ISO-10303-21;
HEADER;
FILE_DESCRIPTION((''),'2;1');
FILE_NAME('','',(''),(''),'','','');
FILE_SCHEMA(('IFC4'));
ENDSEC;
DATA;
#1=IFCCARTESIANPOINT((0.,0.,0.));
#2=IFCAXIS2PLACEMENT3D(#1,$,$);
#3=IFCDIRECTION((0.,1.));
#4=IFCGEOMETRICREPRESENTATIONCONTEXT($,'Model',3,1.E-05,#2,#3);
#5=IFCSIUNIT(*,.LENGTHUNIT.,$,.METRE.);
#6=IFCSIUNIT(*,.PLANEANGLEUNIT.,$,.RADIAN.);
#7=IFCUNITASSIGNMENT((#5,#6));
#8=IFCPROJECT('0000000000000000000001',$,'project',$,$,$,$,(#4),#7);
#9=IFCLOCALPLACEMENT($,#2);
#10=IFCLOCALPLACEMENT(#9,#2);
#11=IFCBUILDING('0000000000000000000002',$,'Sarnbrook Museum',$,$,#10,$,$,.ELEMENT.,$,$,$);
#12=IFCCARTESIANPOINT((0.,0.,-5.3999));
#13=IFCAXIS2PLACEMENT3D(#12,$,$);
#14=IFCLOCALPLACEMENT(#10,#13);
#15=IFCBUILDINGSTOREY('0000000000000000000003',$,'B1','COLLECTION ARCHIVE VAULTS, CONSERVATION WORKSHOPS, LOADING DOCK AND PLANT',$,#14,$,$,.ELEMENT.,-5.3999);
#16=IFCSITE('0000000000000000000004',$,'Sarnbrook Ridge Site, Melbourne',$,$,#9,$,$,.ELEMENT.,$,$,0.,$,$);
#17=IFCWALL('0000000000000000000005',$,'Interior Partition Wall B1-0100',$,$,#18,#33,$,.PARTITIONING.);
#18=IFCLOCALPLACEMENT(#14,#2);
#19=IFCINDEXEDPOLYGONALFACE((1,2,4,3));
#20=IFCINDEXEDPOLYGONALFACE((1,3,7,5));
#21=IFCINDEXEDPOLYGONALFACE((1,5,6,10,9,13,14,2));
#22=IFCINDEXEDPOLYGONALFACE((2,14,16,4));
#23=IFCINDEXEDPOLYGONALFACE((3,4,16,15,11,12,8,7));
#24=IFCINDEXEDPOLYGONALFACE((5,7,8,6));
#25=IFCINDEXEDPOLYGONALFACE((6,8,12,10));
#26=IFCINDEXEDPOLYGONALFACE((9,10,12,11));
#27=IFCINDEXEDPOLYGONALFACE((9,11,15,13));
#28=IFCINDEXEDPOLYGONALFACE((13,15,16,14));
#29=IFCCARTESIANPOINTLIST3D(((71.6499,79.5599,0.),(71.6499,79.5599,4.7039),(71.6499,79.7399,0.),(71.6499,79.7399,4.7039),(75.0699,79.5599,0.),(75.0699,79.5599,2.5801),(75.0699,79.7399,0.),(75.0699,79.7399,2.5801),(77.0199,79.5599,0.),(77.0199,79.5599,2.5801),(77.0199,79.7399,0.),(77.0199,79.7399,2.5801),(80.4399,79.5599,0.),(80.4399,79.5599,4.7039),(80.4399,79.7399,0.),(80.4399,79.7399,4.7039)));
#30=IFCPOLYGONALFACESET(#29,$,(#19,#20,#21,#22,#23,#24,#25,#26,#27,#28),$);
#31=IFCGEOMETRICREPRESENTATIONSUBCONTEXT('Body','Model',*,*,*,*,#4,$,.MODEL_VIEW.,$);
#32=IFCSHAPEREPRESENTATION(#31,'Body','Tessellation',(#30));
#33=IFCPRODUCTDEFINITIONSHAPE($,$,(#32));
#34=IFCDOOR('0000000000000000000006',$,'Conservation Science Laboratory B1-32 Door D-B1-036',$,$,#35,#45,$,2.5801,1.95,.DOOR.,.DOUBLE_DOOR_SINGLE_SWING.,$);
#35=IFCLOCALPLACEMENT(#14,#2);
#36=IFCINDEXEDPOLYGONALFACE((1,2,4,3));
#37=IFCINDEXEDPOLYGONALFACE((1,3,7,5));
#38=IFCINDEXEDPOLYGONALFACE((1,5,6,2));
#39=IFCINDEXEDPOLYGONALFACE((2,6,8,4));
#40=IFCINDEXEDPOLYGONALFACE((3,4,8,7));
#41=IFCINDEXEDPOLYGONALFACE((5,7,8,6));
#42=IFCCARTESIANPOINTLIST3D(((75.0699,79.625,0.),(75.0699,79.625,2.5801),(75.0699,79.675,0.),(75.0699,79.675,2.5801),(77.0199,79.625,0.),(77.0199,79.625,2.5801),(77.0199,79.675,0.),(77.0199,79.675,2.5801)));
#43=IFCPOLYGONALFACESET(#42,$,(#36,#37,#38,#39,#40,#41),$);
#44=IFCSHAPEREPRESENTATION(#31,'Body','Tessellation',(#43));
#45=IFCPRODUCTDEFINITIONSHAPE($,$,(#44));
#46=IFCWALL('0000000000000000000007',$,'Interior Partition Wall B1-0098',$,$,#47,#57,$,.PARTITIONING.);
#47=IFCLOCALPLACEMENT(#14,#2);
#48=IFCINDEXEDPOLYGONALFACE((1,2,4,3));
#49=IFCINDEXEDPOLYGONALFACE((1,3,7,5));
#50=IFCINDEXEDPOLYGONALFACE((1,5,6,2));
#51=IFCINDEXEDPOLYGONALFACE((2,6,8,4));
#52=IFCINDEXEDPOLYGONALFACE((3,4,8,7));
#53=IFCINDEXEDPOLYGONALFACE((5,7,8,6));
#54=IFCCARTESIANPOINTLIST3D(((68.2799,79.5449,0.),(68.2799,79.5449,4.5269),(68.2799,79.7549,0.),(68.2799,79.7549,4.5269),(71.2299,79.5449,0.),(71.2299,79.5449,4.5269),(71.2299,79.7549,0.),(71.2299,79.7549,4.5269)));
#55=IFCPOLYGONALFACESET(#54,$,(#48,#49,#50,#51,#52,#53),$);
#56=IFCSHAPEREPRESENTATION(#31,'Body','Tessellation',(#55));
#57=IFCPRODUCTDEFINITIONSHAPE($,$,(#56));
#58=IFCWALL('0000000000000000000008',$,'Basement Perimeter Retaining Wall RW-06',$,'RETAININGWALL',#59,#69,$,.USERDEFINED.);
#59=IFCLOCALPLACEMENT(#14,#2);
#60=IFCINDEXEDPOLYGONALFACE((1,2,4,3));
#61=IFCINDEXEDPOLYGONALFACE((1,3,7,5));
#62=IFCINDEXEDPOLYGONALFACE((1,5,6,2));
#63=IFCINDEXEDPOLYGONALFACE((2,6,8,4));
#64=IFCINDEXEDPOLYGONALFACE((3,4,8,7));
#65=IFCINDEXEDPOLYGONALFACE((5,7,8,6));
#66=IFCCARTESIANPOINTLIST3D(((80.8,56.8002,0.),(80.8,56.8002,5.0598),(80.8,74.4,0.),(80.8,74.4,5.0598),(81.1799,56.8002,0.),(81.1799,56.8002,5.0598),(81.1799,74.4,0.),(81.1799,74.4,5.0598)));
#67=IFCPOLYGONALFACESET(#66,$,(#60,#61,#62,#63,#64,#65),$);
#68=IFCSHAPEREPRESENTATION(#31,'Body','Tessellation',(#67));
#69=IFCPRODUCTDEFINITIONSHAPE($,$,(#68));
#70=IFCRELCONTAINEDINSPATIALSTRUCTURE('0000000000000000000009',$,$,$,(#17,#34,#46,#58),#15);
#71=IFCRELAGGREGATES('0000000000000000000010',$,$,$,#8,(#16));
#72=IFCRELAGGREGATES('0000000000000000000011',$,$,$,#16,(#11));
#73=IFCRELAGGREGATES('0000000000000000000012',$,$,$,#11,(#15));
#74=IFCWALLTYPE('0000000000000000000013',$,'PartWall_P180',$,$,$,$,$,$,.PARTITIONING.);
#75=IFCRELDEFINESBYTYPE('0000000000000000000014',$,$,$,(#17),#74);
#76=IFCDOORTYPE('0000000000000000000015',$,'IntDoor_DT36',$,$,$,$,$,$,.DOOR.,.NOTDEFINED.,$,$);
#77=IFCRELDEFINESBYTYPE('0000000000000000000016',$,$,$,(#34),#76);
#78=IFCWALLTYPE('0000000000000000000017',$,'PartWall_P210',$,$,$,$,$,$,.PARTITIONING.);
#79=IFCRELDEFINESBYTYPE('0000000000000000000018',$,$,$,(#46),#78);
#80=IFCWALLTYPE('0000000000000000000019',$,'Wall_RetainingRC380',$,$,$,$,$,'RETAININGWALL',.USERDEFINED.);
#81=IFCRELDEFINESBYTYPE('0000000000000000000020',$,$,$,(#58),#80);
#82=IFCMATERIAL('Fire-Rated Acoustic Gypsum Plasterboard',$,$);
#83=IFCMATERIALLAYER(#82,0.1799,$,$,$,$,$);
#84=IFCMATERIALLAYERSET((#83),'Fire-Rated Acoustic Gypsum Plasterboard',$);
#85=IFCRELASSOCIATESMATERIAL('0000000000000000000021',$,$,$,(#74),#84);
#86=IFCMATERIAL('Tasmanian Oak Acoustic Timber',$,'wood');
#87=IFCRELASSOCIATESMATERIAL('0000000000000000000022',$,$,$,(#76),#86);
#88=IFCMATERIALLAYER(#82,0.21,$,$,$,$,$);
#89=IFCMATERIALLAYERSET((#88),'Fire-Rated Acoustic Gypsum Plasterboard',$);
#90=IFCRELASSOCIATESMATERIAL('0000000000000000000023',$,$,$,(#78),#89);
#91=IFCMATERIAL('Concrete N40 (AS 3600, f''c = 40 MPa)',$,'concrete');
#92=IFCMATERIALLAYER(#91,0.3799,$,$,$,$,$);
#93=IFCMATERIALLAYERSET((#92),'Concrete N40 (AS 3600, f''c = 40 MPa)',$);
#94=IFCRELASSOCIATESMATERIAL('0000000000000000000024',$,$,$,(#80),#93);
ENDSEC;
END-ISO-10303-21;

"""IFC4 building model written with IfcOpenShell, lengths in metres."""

from ifc_helpers import new_model, si_unit, direction, frame, frame_2d, origin, place, context, subcontext, project, spatial, rectangle, extrude, material, layer, layer_set, type_object, element, fill, save


model = new_model("IFC4")

# Units and contexts
model_context = context("Model", 3, precision=1e-05, world=origin(), true_north=direction((0.0, 1.0)))
body_context = subcontext(model_context, "Body", "Model", "MODEL_VIEW")
ifc_project = project(units=[si_unit("LENGTHUNIT", "METRE"), si_unit("PLANEANGLEUNIT", "RADIAN")], contexts=[model_context])

# Site, building, storey
site_placement = place(None, origin())
site = spatial("IfcSite", under=ifc_project, at=site_placement, Name="Sarnbrook Ridge Site, Melbourne", CompositionType="ELEMENT", RefElevation=0.0)
building_placement = place(site_placement, origin())
building = spatial("IfcBuilding", under=site, at=building_placement, Name="Sarnbrook Museum", CompositionType="ELEMENT")
storey_placement = place(building_placement, frame((0.0, 0.0, -5.3999)))
storey = spatial("IfcBuildingStorey", under=building, at=storey_placement, Name="B1", Description="COLLECTION ARCHIVE VAULTS, CONSERVATION WORKSHOPS, LOADING DOCK AND PLANT", CompositionType="ELEMENT", Elevation=-5.3999)

# Shared definitions
ifc_material_1 = material(Name="Concrete N40 (AS 3600, f'c = 40 MPa)", Category="concrete")

# Wall, opening, door
ifc_material_2 = material(Name="Fire-Rated Acoustic Gypsum Plasterboard")
ifc_material_3 = material(Name="Tasmanian Oak Acoustic Timber", Category="wood")
ifc_layer_1 = layer(ifc_material_2, 0.1799)
ifc_layer_set_1 = layer_set([ifc_layer_1], Name="Fire-Rated Acoustic Gypsum Plasterboard")
wall_type_1 = type_object("IfcWallType", Name="PartWall_P180", PredefinedType="PARTITIONING", material=ifc_layer_set_1)
wall_1_placement = place(storey_placement, frame((80.4399, 79.6499, 0.0), z_axis=(0.0, 0.0, 1.0), x_axis=(-1.0, 0.0, 0.0)))
wall_1 = element("IfcWall", 1, at=wall_1_placement, inside=storey, type_object=wall_type_1, Name="Interior Partition Wall B1-0100", PredefinedType="PARTITIONING", context=body_context, shape_type="SweptSolid", body=[
    extrude(rectangle(XDim=8.79, YDim=0.1799, at=frame_2d((4.395, 0.0))), origin(), (0.0, 0.0, 1.0), 4.7039),
])
opening_1_placement = place(wall_1_placement, frame((3.4199, 0.0, 0.0)))
opening_1 = element("IfcOpeningElement", 2, at=opening_1_placement, cuts=wall_1, PredefinedType="OPENING", context=body_context, shape_type="SweptSolid", body=[
    extrude(rectangle(XDim=1.95, YDim=2.5801, at=frame_2d((0.9751, 1.29))), frame((0.0, 0.1001, 0.0), z_axis=(0.0, -1.0, 0.0), x_axis=(1.0, 0.0, 0.0)), (0.0, 0.0, 1.0), 0.2),
])
door_type_1 = type_object("IfcDoorType", Name="IntDoor_DT36", OperationType="NOTDEFINED", PredefinedType="DOOR", material=ifc_material_3)
door_1_placement = place(opening_1_placement, origin())
door_1 = element("IfcDoor", 3, at=door_1_placement, inside=storey, type_object=door_type_1, Name="Conservation Science Laboratory B1-32 Door D-B1-036", OperationType="DOUBLE_DOOR_SINGLE_SWING", OverallHeight=2.5801, OverallWidth=1.95, PredefinedType="DOOR", context=body_context, shape_type="SweptSolid", body=[
    extrude(rectangle(XDim=1.95, YDim=2.5801, at=frame_2d((0.9751, 1.29))), frame((0.0, 0.0249, 0.0), z_axis=(0.0, -1.0, 0.0), x_axis=(1.0, 0.0, 0.0)), (0.0, 0.0, 1.0), 0.05),
])
fill(opening_1, door_1)

# Walls
ifc_layer_2 = layer(ifc_material_2, 0.21)
ifc_layer_set_2 = layer_set([ifc_layer_2], Name="Fire-Rated Acoustic Gypsum Plasterboard")
wall_type_2 = type_object("IfcWallType", Name="PartWall_P210", PredefinedType="PARTITIONING", material=ifc_layer_set_2)
wall_2_placement = place(storey_placement, frame((71.23, 79.6499, 0.0), z_axis=(0.0, 0.0, 1.0), x_axis=(-1.0, 0.0, 0.0)))
element("IfcWall", 4, at=wall_2_placement, inside=storey, type_object=wall_type_2, Name="Interior Partition Wall B1-0098", PredefinedType="PARTITIONING", context=body_context, shape_type="SweptSolid", body=[
    extrude(rectangle(XDim=2.95, YDim=0.21, at=frame_2d((1.4751, 0.0))), origin(), (0.0, 0.0, 1.0), 4.5269),
])
ifc_layer_3 = layer(ifc_material_1, 0.3799)
ifc_layer_set_3 = layer_set([ifc_layer_3], Name="Concrete N40 (AS 3600, f'c = 40 MPa)")
wall_type_3 = type_object("IfcWallType", Name="Wall_RetainingRC380", ElementType="RETAININGWALL", PredefinedType="USERDEFINED", material=ifc_layer_set_3)
wall_3_placement = place(storey_placement, frame((80.99, 74.3999, 0.0), z_axis=(0.0, 0.0, 1.0), x_axis=(0.0, -1.0, 0.0)))
element("IfcWall", 5, at=wall_3_placement, inside=storey, type_object=wall_type_3, Name="Basement Perimeter Retaining Wall RW-06", ObjectType="RETAININGWALL", PredefinedType="USERDEFINED", context=body_context, shape_type="SweptSolid", body=[
    extrude(rectangle(XDim=17.5999, YDim=0.3799, at=frame_2d((8.7998, 0.0))), origin(), (0.0, 0.0, 1.0), 5.0598),
])

save(model, "model.ifc")
